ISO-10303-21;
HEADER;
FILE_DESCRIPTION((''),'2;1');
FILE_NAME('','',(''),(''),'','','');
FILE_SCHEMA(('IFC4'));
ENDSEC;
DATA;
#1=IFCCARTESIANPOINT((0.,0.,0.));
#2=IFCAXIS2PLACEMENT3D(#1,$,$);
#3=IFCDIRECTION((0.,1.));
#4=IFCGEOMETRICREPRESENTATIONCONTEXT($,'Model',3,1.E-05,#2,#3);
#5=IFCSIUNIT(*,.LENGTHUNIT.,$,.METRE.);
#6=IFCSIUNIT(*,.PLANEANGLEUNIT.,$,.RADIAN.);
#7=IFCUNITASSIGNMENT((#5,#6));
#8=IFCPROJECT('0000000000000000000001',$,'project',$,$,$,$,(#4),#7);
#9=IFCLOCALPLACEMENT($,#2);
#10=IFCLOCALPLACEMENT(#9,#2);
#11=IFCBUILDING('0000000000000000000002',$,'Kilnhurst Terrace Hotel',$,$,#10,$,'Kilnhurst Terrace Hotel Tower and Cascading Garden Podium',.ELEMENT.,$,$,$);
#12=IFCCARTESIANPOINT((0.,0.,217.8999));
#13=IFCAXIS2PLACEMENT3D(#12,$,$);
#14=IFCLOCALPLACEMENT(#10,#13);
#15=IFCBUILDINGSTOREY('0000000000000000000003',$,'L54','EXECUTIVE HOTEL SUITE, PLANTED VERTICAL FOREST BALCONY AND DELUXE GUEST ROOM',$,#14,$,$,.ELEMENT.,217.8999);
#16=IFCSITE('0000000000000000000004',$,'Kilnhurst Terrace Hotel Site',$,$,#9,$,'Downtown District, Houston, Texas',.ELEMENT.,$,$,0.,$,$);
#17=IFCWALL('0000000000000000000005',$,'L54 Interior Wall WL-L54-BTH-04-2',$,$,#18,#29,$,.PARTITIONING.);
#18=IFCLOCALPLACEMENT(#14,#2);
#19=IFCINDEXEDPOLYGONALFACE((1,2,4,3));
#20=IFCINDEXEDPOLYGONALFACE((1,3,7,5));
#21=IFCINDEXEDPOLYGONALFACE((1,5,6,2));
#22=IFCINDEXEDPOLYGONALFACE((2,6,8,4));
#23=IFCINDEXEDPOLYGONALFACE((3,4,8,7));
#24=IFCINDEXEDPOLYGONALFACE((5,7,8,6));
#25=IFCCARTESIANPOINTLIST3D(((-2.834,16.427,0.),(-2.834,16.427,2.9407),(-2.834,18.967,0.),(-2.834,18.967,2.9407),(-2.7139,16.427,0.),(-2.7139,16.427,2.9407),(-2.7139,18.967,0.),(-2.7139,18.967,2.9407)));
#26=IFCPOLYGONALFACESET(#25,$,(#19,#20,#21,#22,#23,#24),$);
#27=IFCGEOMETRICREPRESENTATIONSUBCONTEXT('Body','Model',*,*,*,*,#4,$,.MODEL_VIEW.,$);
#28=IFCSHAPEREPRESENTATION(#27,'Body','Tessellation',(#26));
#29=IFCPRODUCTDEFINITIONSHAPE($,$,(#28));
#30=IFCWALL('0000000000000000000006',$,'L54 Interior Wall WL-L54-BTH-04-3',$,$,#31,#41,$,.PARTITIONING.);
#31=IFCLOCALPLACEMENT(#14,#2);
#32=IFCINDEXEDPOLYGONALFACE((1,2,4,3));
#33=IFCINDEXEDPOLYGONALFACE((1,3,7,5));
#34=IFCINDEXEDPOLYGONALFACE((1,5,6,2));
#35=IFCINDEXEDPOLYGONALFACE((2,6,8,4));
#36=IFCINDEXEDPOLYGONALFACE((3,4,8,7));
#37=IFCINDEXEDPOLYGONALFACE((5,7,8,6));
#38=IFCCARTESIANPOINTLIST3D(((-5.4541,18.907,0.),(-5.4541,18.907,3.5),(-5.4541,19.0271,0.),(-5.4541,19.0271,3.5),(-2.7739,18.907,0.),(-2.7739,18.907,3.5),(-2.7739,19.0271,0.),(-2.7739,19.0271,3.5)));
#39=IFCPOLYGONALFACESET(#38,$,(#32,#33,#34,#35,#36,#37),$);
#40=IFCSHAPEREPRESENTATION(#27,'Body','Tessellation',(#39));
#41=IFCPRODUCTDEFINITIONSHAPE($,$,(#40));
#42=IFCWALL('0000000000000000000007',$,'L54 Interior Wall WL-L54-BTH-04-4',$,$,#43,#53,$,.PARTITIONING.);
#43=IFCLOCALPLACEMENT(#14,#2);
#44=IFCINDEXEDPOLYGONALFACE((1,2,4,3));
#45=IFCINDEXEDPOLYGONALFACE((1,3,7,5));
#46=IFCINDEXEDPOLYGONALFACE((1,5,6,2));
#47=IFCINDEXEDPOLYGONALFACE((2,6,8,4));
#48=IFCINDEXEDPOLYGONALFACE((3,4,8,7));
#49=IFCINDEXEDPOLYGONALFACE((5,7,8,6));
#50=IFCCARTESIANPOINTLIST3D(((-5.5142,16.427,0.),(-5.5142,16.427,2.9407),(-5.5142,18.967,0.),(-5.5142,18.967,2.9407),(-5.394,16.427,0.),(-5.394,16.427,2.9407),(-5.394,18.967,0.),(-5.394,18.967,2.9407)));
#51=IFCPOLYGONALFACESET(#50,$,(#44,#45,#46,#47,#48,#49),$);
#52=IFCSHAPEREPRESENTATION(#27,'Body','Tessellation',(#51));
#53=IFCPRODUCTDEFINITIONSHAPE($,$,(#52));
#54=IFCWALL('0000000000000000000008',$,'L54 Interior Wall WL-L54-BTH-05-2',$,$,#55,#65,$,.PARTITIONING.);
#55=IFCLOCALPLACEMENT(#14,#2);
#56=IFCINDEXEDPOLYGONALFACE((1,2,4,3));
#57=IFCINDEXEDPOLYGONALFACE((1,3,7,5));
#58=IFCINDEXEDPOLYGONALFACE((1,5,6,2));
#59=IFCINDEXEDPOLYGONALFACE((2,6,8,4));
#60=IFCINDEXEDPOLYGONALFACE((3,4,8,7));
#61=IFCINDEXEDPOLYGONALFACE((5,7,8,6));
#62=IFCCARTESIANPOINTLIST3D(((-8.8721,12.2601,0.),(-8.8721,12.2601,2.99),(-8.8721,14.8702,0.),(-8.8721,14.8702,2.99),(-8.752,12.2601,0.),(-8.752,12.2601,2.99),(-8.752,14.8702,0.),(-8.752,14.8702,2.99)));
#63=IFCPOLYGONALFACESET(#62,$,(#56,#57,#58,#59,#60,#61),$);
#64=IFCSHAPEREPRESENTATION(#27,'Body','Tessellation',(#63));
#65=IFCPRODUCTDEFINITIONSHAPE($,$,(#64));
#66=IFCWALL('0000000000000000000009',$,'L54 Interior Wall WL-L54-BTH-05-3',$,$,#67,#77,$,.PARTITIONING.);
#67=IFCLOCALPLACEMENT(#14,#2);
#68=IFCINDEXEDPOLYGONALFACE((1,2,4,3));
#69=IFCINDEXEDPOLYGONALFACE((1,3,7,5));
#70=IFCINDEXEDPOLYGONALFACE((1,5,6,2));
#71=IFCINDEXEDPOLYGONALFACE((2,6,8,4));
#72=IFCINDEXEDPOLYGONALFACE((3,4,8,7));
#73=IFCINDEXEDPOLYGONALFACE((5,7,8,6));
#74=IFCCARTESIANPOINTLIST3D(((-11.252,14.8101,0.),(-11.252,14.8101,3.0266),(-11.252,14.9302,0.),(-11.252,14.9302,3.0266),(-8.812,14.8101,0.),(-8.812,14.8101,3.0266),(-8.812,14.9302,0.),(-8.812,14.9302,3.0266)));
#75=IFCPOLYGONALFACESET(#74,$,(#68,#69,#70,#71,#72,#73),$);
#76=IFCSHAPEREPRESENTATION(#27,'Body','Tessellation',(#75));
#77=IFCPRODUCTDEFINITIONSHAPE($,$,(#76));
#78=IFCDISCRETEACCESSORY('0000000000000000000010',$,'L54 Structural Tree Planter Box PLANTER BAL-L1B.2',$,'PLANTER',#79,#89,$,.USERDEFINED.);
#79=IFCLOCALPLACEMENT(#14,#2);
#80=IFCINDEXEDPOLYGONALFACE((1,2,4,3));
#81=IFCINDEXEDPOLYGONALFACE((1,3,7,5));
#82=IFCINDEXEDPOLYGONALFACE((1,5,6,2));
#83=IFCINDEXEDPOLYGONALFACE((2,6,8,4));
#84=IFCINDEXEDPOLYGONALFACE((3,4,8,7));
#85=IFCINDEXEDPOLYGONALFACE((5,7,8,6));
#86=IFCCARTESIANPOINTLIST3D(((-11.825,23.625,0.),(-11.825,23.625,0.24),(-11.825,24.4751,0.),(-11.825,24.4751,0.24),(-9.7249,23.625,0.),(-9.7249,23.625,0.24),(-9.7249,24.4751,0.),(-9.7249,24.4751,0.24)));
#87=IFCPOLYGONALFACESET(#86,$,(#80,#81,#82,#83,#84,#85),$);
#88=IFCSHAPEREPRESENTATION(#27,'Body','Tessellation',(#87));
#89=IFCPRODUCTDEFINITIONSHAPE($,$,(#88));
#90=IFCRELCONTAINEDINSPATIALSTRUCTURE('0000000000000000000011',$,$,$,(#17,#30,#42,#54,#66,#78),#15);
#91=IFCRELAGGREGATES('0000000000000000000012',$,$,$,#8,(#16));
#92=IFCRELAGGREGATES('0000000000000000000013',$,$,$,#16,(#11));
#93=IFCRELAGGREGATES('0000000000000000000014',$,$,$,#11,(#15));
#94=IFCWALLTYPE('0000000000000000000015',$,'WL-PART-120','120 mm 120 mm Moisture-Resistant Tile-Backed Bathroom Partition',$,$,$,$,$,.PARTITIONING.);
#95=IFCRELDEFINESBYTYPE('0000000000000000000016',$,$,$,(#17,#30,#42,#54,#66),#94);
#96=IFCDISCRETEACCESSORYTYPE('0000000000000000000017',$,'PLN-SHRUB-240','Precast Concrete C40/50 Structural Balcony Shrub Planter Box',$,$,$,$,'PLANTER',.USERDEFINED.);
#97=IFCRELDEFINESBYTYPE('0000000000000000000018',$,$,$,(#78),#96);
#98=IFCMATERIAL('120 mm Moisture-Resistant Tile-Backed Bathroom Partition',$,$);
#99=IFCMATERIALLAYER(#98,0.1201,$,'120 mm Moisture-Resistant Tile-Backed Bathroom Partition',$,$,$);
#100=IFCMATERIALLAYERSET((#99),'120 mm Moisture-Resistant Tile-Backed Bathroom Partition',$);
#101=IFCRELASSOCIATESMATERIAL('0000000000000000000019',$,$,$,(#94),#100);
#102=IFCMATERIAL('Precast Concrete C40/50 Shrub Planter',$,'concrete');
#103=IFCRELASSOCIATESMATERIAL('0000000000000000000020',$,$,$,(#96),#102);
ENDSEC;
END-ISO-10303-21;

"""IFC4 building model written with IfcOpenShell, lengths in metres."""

from ifc_helpers import new_model, si_unit, direction, frame, frame_2d, origin, origin_2d, place, context, subcontext, project, spatial, rectangle, extrude, material, layer, layer_set, type_object, element, save


model = new_model("IFC4")

# Units and contexts
model_context = context("Model", 3, precision=1e-05, world=origin(), true_north=direction((0.0, 1.0)))
body_context = subcontext(model_context, "Body", "Model", "MODEL_VIEW")
ifc_project = project(units=[si_unit("LENGTHUNIT", "METRE"), si_unit("PLANEANGLEUNIT", "RADIAN")], contexts=[model_context])

# Site, building, storey
site_placement = place(None, origin())
site = spatial("IfcSite", under=ifc_project, at=site_placement, Name="Kilnhurst Terrace Hotel Site", LongName="Downtown District, Houston, Texas", CompositionType="ELEMENT", RefElevation=0.0)
building_placement = place(site_placement, origin())
building = spatial("IfcBuilding", under=site, at=building_placement, Name="Kilnhurst Terrace Hotel", LongName="Kilnhurst Terrace Hotel Tower and Cascading Garden Podium", CompositionType="ELEMENT")
storey_placement = place(building_placement, frame((0.0, 0.0, 217.8999)))
storey = spatial("IfcBuildingStorey", under=building, at=storey_placement, Name="L54", Description="EXECUTIVE HOTEL SUITE, PLANTED VERTICAL FOREST BALCONY AND DELUXE GUEST ROOM", CompositionType="ELEMENT", Elevation=217.8999)

# Shared definitions
ifc_material_1 = material(Name="120 mm Moisture-Resistant Tile-Backed Bathroom Partition")
ifc_layer_1 = layer(ifc_material_1, 0.1201, Name="120 mm Moisture-Resistant Tile-Backed Bathroom Partition")
ifc_layer_set_1 = layer_set([ifc_layer_1], Name="120 mm Moisture-Resistant Tile-Backed Bathroom Partition")
wall_type_1 = type_object("IfcWallType", Name="WL-PART-120", Description="120 mm 120 mm Moisture-Resistant Tile-Backed Bathroom Partition", PredefinedType="PARTITIONING", material=ifc_layer_set_1)

# Walls
wall_1_placement = place(storey_placement, frame((-2.7739, 16.427, 0.0), z_axis=(0.0, 0.0, 1.0), x_axis=(0.0, 1.0, 0.0)))
element("IfcWall", 1, at=wall_1_placement, inside=storey, type_object=wall_type_1, Name="L54 Interior Wall WL-L54-BTH-04-2", PredefinedType="PARTITIONING", context=body_context, shape_type="SweptSolid", body=[
    extrude(rectangle(XDim=2.54, YDim=0.1201, at=frame_2d((1.27, 0.0))), origin(), (0.0, 0.0, 1.0), 2.9407),
])
wall_2_placement = place(storey_placement, frame((-2.7739, 18.967, 0.0), z_axis=(0.0, 0.0, 1.0), x_axis=(-1.0, 0.0, 0.0)))
element("IfcWall", 2, at=wall_2_placement, inside=storey, type_object=wall_type_1, Name="L54 Interior Wall WL-L54-BTH-04-3", PredefinedType="PARTITIONING", context=body_context, shape_type="SweptSolid", body=[
    extrude(rectangle(XDim=2.6802, YDim=0.1201, at=frame_2d((1.3401, 0.0))), origin(), (0.0, 0.0, 1.0), 3.5),
])
wall_3_placement = place(storey_placement, frame((-5.4541, 18.967, 0.0), z_axis=(0.0, 0.0, 1.0), x_axis=(0.0, -1.0, 0.0)))
element("IfcWall", 3, at=wall_3_placement, inside=storey, type_object=wall_type_1, Name="L54 Interior Wall WL-L54-BTH-04-4", PredefinedType="PARTITIONING", context=body_context, shape_type="SweptSolid", body=[
    extrude(rectangle(XDim=2.54, YDim=0.1201, at=frame_2d((1.27, 0.0))), origin(), (0.0, 0.0, 1.0), 2.9407),
])
wall_4_placement = place(storey_placement, frame((-8.812, 12.26, 0.0), z_axis=(0.0, 0.0, 1.0), x_axis=(0.0, 1.0, 0.0)))
element("IfcWall", 4, at=wall_4_placement, inside=storey, type_object=wall_type_1, Name="L54 Interior Wall WL-L54-BTH-05-2", PredefinedType="PARTITIONING", context=body_context, shape_type="SweptSolid", body=[
    extrude(rectangle(XDim=2.6101, YDim=0.1201, at=frame_2d((1.3052, 0.0))), origin(), (0.0, 0.0, 1.0), 2.99),
])
wall_5_placement = place(storey_placement, frame((-8.812, 14.8701, 0.0), z_axis=(0.0, 0.0, 1.0), x_axis=(-1.0, 0.0, 0.0)))
element("IfcWall", 5, at=wall_5_placement, inside=storey, type_object=wall_type_1, Name="L54 Interior Wall WL-L54-BTH-05-3", PredefinedType="PARTITIONING", context=body_context, shape_type="SweptSolid", body=[
    extrude(rectangle(XDim=2.4399, YDim=0.1201, at=frame_2d((1.22, 0.0))), origin(), (0.0, 0.0, 1.0), 3.0266),
])

# Discrete accessory
ifc_material_2 = material(Name="Precast Concrete C40/50 Shrub Planter", Category="concrete")
discrete_accessory_type = type_object("IfcDiscreteAccessoryType", Name="PLN-SHRUB-240", Description="Precast Concrete C40/50 Structural Balcony Shrub Planter Box", ElementType="PLANTER", PredefinedType="USERDEFINED", material=ifc_material_2)
discrete_accessory_placement = place(storey_placement, frame((-10.7749, 24.05, 0.0), z_axis=(0.0, 0.0, 1.0), x_axis=(-1.0, 0.0, 0.0)))
element("IfcDiscreteAccessory", 6, at=discrete_accessory_placement, inside=storey, type_object=discrete_accessory_type, Name="L54 Structural Tree Planter Box PLANTER BAL-L1B.2", ObjectType="PLANTER", PredefinedType="USERDEFINED", context=body_context, shape_type="SweptSolid", body=[
    extrude(rectangle(XDim=2.1001, YDim=0.8501, at=origin_2d()), origin(), (0.0, 0.0, 1.0), 0.24),
])

save(model, "model.ifc")
